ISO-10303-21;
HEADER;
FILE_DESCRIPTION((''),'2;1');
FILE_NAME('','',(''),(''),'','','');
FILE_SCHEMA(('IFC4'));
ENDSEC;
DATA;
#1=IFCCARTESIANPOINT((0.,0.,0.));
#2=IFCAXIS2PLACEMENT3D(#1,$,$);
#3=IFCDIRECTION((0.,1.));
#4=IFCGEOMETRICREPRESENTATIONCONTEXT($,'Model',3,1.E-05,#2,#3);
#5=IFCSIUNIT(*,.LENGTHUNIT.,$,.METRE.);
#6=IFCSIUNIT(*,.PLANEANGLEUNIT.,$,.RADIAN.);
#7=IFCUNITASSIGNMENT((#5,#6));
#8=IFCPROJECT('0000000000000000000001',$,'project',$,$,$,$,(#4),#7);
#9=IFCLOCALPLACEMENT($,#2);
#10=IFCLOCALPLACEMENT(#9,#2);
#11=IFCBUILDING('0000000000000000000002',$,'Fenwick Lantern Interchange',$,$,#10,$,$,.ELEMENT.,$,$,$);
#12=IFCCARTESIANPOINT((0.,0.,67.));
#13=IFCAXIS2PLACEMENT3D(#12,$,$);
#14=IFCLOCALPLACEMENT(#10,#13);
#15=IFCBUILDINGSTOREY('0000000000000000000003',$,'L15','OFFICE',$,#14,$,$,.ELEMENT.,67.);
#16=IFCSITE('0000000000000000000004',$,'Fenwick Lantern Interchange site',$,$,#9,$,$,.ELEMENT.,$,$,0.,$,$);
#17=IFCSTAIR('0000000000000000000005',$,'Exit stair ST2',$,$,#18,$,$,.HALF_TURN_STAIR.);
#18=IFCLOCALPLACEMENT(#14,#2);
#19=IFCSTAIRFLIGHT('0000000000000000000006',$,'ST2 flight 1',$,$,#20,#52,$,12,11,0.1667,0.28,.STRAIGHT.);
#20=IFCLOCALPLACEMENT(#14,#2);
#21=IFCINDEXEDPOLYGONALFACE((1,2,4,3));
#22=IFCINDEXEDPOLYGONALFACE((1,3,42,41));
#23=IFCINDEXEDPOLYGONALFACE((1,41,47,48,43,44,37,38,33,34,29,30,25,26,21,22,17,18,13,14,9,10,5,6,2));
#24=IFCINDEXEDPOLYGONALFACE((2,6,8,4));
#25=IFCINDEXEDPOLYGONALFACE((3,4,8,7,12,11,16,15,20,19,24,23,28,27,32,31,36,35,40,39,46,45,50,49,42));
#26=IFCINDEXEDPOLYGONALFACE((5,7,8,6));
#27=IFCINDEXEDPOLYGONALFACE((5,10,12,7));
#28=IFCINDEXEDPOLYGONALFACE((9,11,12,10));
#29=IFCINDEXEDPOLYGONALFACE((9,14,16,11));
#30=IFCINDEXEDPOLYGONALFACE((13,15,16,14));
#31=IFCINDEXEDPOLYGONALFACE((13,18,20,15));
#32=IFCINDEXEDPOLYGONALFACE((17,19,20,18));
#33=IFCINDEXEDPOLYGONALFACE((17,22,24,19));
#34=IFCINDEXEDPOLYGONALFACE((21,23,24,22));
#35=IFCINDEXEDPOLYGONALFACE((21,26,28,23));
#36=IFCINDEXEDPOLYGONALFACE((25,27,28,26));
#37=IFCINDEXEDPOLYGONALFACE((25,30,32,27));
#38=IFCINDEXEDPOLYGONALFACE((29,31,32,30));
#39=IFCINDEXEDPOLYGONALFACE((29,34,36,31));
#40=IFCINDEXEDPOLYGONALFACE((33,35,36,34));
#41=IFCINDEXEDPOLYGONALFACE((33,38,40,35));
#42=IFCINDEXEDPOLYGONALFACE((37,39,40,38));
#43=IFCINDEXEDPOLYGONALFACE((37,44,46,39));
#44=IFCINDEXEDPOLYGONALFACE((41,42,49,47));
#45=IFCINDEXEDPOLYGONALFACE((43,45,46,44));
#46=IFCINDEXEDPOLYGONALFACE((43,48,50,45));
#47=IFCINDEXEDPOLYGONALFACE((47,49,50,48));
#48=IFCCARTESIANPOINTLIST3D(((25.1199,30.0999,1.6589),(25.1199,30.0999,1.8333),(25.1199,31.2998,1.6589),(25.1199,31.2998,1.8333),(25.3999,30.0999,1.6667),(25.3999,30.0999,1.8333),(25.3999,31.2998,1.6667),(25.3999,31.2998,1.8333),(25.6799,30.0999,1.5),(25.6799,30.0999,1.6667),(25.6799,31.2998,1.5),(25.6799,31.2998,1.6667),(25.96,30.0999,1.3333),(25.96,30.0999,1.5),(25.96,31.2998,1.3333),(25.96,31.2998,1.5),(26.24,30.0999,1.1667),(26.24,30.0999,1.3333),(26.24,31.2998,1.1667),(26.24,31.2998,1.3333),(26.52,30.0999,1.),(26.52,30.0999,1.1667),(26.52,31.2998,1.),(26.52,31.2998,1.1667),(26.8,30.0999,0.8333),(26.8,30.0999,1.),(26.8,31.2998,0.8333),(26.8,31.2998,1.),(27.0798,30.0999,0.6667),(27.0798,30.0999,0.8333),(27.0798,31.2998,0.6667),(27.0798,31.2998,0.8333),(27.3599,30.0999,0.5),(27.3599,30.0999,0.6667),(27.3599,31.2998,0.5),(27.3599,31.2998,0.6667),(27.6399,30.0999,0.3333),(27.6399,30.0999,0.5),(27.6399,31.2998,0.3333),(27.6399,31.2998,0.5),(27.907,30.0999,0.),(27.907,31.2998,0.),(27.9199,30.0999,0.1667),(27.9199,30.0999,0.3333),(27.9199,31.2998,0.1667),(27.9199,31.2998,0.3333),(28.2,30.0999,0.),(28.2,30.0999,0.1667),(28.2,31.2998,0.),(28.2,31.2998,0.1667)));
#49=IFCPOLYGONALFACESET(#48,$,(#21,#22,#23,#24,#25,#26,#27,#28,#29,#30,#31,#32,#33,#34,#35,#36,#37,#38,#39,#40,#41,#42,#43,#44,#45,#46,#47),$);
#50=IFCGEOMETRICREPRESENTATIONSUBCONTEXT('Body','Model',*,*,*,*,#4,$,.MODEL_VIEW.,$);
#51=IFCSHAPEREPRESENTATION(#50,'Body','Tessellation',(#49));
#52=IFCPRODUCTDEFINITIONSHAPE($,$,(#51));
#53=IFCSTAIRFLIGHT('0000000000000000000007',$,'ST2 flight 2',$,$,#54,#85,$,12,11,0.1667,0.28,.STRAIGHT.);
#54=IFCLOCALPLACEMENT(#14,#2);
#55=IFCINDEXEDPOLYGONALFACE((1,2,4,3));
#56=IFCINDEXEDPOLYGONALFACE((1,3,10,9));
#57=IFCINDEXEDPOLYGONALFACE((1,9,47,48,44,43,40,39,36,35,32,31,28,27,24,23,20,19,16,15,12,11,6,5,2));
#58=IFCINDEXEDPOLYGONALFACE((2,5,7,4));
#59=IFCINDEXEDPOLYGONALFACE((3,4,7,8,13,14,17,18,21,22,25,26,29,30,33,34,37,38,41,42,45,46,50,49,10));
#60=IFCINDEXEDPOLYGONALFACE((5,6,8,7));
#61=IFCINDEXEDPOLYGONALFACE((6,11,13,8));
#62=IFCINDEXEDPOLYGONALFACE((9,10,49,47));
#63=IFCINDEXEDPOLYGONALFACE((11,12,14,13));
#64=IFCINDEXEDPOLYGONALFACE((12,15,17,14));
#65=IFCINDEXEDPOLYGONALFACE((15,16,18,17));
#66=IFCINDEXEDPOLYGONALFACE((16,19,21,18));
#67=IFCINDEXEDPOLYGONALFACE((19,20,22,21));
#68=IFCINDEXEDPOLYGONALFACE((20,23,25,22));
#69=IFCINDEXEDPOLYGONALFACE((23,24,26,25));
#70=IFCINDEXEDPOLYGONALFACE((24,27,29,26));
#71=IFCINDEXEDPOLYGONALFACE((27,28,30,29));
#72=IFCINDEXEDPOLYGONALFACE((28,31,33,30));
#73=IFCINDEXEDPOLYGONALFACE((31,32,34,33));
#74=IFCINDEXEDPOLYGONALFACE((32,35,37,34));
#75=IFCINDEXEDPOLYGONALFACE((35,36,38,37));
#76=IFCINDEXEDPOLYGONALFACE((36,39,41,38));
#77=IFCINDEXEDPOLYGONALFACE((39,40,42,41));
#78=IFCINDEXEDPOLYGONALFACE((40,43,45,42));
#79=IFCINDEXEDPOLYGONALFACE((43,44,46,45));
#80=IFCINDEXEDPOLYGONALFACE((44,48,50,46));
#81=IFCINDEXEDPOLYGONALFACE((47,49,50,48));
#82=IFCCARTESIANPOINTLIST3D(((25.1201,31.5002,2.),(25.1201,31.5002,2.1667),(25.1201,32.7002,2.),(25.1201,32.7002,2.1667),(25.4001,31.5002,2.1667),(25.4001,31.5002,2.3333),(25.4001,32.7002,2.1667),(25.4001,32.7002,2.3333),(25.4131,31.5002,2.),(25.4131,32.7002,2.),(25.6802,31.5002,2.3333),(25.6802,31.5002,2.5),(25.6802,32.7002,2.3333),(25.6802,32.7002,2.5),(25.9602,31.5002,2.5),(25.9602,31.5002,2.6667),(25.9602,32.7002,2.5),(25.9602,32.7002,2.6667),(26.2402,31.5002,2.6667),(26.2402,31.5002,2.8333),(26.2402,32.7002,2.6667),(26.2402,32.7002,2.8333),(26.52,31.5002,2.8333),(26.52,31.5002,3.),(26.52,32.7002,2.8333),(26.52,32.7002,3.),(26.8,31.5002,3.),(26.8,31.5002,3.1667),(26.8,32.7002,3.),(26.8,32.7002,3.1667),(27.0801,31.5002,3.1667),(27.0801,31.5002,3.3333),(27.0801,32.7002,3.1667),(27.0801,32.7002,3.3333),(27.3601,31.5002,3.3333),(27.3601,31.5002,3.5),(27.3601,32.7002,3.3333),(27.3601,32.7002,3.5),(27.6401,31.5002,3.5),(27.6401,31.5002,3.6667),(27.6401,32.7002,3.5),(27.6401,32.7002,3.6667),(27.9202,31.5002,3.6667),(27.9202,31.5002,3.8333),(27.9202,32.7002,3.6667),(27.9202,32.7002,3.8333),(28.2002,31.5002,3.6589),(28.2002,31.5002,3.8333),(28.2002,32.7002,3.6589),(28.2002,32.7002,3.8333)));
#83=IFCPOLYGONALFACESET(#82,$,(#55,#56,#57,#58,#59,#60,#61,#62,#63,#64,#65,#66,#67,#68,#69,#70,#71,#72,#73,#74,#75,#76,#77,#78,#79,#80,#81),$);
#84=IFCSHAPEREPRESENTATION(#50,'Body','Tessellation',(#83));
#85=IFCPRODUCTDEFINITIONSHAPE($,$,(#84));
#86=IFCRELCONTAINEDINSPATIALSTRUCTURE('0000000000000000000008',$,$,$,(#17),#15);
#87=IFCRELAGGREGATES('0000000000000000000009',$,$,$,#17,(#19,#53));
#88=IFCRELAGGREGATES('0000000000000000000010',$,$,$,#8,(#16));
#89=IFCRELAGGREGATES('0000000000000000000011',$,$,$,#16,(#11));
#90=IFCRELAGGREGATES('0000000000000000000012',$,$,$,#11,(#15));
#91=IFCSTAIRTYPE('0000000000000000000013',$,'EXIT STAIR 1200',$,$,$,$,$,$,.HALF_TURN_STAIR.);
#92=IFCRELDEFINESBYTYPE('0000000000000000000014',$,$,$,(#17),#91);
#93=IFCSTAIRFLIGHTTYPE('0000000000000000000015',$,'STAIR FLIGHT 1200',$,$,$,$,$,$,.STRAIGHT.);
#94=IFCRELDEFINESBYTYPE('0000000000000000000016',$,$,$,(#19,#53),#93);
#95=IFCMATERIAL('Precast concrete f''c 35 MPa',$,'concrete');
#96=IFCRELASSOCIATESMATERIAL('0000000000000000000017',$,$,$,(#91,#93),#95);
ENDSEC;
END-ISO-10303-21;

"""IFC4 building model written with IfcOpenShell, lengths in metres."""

from ifc_helpers import new_model, si_unit, direction, frame, origin, place, context, subcontext, project, spatial, polyline, outline, extrude, material, type_object, element, aggregate, save


model = new_model("IFC4")

# Units and contexts
model_context = context("Model", 3, precision=1e-05, world=origin(), true_north=direction((0.0, 1.0)))
body_context = subcontext(model_context, "Body", "Model", "MODEL_VIEW")
ifc_project = project(units=[si_unit("LENGTHUNIT", "METRE"), si_unit("PLANEANGLEUNIT", "RADIAN")], contexts=[model_context])

# Site, building, storey
site_placement = place(None, origin())
site = spatial("IfcSite", under=ifc_project, at=site_placement, Name="Fenwick Lantern Interchange site", CompositionType="ELEMENT", RefElevation=0.0)
building_placement = place(site_placement, origin())
building = spatial("IfcBuilding", under=site, at=building_placement, Name="Fenwick Lantern Interchange", CompositionType="ELEMENT")
storey_placement = place(building_placement, frame((0.0, 0.0, 67.0)))
storey = spatial("IfcBuildingStorey", under=building, at=storey_placement, Name="L15", Description="OFFICE", CompositionType="ELEMENT", Elevation=67.0)

# Stair, stair flights
ifc_material_1 = material(Name="Precast concrete f'c 35 MPa", Category="concrete")
stair_type = type_object("IfcStairType", Name="EXIT STAIR 1200", PredefinedType="HALF_TURN_STAIR", material=ifc_material_1)
stair_placement = place(storey_placement, origin())
stair = element("IfcStair", 1, at=stair_placement, inside=storey, type_object=stair_type, Name="Exit stair ST2", PredefinedType="HALF_TURN_STAIR")
stair_flight_type = type_object("IfcStairFlightType", Name="STAIR FLIGHT 1200", PredefinedType="STRAIGHT", material=ifc_material_1)
stair_flight_1_placement = place(storey_placement, frame((28.2, 30.7, 0.0), z_axis=(0.0, 0.0, 1.0), x_axis=(-1.0, 0.0, 0.0)))
stair_flight_1 = element("IfcStairFlight", 2, at=stair_flight_1_placement, type_object=stair_flight_type, Name="ST2 flight 1", NumberOfRisers=12, NumberOfTreads=11, PredefinedType="STRAIGHT", RiserHeight=0.1667, TreadLength=0.28, context=body_context, shape_type="SweptSolid", body=[
    extrude(outline(polyline([(0.0, 0.0), (0.0, 0.1667), (0.28, 0.1667), (0.28, 0.3333), (0.5601, 0.3333), (0.5601, 0.5), (0.8401, 0.5), (0.8401, 0.6667), (1.1201, 0.6667), (1.1201, 0.8333), (1.3999, 0.8333), (1.3999, 1.0), (1.6799, 1.0), (1.6799, 1.1667), (1.96, 1.1667), (1.96, 1.3333), (2.24, 1.3333), (2.24, 1.5), (2.52, 1.5), (2.52, 1.6667), (2.8, 1.6667), (2.8, 1.8333), (3.0801, 1.8333), (3.0801, 2.0), (3.0801, 1.6589), (0.293, 0.0), (0.0, 0.0)])), frame((0.0, 0.6001, 0.0), z_axis=(0.0, -1.0, 0.0), x_axis=(1.0, 0.0, 0.0)), (0.0, 0.0, 1.0), 1.2),
])
stair_flight_2_placement = place(storey_placement, frame((25.1201, 32.1001, 2.0), z_axis=(0.0, 0.0, 1.0), x_axis=(1.0, 0.0, 0.0)))
stair_flight_2 = element("IfcStairFlight", 3, at=stair_flight_2_placement, type_object=stair_flight_type, Name="ST2 flight 2", NumberOfRisers=12, NumberOfTreads=11, PredefinedType="STRAIGHT", RiserHeight=0.1667, TreadLength=0.28, context=body_context, shape_type="SweptSolid", body=[
    extrude(outline(polyline([(0.0, 0.0), (0.0, 0.1667), (0.28, 0.1667), (0.28, 0.3333), (0.5601, 0.3333), (0.5601, 0.5), (0.8401, 0.5), (0.8401, 0.6667), (1.1201, 0.6667), (1.1201, 0.8333), (1.3999, 0.8333), (1.3999, 1.0), (1.6799, 1.0), (1.6799, 1.1667), (1.96, 1.1667), (1.96, 1.3333), (2.24, 1.3333), (2.24, 1.5), (2.52, 1.5), (2.52, 1.6667), (2.8, 1.6667), (2.8, 1.8333), (3.0801, 1.8333), (3.0801, 2.0), (3.0801, 1.6589), (0.293, 0.0), (0.0, 0.0)])), frame((0.0, 0.6001, 0.0), z_axis=(0.0, -1.0, 0.0), x_axis=(1.0, 0.0, 0.0)), (0.0, 0.0, 1.0), 1.2),
])
aggregate(stair, [stair_flight_1, stair_flight_2])

save(model, "model.ifc")
